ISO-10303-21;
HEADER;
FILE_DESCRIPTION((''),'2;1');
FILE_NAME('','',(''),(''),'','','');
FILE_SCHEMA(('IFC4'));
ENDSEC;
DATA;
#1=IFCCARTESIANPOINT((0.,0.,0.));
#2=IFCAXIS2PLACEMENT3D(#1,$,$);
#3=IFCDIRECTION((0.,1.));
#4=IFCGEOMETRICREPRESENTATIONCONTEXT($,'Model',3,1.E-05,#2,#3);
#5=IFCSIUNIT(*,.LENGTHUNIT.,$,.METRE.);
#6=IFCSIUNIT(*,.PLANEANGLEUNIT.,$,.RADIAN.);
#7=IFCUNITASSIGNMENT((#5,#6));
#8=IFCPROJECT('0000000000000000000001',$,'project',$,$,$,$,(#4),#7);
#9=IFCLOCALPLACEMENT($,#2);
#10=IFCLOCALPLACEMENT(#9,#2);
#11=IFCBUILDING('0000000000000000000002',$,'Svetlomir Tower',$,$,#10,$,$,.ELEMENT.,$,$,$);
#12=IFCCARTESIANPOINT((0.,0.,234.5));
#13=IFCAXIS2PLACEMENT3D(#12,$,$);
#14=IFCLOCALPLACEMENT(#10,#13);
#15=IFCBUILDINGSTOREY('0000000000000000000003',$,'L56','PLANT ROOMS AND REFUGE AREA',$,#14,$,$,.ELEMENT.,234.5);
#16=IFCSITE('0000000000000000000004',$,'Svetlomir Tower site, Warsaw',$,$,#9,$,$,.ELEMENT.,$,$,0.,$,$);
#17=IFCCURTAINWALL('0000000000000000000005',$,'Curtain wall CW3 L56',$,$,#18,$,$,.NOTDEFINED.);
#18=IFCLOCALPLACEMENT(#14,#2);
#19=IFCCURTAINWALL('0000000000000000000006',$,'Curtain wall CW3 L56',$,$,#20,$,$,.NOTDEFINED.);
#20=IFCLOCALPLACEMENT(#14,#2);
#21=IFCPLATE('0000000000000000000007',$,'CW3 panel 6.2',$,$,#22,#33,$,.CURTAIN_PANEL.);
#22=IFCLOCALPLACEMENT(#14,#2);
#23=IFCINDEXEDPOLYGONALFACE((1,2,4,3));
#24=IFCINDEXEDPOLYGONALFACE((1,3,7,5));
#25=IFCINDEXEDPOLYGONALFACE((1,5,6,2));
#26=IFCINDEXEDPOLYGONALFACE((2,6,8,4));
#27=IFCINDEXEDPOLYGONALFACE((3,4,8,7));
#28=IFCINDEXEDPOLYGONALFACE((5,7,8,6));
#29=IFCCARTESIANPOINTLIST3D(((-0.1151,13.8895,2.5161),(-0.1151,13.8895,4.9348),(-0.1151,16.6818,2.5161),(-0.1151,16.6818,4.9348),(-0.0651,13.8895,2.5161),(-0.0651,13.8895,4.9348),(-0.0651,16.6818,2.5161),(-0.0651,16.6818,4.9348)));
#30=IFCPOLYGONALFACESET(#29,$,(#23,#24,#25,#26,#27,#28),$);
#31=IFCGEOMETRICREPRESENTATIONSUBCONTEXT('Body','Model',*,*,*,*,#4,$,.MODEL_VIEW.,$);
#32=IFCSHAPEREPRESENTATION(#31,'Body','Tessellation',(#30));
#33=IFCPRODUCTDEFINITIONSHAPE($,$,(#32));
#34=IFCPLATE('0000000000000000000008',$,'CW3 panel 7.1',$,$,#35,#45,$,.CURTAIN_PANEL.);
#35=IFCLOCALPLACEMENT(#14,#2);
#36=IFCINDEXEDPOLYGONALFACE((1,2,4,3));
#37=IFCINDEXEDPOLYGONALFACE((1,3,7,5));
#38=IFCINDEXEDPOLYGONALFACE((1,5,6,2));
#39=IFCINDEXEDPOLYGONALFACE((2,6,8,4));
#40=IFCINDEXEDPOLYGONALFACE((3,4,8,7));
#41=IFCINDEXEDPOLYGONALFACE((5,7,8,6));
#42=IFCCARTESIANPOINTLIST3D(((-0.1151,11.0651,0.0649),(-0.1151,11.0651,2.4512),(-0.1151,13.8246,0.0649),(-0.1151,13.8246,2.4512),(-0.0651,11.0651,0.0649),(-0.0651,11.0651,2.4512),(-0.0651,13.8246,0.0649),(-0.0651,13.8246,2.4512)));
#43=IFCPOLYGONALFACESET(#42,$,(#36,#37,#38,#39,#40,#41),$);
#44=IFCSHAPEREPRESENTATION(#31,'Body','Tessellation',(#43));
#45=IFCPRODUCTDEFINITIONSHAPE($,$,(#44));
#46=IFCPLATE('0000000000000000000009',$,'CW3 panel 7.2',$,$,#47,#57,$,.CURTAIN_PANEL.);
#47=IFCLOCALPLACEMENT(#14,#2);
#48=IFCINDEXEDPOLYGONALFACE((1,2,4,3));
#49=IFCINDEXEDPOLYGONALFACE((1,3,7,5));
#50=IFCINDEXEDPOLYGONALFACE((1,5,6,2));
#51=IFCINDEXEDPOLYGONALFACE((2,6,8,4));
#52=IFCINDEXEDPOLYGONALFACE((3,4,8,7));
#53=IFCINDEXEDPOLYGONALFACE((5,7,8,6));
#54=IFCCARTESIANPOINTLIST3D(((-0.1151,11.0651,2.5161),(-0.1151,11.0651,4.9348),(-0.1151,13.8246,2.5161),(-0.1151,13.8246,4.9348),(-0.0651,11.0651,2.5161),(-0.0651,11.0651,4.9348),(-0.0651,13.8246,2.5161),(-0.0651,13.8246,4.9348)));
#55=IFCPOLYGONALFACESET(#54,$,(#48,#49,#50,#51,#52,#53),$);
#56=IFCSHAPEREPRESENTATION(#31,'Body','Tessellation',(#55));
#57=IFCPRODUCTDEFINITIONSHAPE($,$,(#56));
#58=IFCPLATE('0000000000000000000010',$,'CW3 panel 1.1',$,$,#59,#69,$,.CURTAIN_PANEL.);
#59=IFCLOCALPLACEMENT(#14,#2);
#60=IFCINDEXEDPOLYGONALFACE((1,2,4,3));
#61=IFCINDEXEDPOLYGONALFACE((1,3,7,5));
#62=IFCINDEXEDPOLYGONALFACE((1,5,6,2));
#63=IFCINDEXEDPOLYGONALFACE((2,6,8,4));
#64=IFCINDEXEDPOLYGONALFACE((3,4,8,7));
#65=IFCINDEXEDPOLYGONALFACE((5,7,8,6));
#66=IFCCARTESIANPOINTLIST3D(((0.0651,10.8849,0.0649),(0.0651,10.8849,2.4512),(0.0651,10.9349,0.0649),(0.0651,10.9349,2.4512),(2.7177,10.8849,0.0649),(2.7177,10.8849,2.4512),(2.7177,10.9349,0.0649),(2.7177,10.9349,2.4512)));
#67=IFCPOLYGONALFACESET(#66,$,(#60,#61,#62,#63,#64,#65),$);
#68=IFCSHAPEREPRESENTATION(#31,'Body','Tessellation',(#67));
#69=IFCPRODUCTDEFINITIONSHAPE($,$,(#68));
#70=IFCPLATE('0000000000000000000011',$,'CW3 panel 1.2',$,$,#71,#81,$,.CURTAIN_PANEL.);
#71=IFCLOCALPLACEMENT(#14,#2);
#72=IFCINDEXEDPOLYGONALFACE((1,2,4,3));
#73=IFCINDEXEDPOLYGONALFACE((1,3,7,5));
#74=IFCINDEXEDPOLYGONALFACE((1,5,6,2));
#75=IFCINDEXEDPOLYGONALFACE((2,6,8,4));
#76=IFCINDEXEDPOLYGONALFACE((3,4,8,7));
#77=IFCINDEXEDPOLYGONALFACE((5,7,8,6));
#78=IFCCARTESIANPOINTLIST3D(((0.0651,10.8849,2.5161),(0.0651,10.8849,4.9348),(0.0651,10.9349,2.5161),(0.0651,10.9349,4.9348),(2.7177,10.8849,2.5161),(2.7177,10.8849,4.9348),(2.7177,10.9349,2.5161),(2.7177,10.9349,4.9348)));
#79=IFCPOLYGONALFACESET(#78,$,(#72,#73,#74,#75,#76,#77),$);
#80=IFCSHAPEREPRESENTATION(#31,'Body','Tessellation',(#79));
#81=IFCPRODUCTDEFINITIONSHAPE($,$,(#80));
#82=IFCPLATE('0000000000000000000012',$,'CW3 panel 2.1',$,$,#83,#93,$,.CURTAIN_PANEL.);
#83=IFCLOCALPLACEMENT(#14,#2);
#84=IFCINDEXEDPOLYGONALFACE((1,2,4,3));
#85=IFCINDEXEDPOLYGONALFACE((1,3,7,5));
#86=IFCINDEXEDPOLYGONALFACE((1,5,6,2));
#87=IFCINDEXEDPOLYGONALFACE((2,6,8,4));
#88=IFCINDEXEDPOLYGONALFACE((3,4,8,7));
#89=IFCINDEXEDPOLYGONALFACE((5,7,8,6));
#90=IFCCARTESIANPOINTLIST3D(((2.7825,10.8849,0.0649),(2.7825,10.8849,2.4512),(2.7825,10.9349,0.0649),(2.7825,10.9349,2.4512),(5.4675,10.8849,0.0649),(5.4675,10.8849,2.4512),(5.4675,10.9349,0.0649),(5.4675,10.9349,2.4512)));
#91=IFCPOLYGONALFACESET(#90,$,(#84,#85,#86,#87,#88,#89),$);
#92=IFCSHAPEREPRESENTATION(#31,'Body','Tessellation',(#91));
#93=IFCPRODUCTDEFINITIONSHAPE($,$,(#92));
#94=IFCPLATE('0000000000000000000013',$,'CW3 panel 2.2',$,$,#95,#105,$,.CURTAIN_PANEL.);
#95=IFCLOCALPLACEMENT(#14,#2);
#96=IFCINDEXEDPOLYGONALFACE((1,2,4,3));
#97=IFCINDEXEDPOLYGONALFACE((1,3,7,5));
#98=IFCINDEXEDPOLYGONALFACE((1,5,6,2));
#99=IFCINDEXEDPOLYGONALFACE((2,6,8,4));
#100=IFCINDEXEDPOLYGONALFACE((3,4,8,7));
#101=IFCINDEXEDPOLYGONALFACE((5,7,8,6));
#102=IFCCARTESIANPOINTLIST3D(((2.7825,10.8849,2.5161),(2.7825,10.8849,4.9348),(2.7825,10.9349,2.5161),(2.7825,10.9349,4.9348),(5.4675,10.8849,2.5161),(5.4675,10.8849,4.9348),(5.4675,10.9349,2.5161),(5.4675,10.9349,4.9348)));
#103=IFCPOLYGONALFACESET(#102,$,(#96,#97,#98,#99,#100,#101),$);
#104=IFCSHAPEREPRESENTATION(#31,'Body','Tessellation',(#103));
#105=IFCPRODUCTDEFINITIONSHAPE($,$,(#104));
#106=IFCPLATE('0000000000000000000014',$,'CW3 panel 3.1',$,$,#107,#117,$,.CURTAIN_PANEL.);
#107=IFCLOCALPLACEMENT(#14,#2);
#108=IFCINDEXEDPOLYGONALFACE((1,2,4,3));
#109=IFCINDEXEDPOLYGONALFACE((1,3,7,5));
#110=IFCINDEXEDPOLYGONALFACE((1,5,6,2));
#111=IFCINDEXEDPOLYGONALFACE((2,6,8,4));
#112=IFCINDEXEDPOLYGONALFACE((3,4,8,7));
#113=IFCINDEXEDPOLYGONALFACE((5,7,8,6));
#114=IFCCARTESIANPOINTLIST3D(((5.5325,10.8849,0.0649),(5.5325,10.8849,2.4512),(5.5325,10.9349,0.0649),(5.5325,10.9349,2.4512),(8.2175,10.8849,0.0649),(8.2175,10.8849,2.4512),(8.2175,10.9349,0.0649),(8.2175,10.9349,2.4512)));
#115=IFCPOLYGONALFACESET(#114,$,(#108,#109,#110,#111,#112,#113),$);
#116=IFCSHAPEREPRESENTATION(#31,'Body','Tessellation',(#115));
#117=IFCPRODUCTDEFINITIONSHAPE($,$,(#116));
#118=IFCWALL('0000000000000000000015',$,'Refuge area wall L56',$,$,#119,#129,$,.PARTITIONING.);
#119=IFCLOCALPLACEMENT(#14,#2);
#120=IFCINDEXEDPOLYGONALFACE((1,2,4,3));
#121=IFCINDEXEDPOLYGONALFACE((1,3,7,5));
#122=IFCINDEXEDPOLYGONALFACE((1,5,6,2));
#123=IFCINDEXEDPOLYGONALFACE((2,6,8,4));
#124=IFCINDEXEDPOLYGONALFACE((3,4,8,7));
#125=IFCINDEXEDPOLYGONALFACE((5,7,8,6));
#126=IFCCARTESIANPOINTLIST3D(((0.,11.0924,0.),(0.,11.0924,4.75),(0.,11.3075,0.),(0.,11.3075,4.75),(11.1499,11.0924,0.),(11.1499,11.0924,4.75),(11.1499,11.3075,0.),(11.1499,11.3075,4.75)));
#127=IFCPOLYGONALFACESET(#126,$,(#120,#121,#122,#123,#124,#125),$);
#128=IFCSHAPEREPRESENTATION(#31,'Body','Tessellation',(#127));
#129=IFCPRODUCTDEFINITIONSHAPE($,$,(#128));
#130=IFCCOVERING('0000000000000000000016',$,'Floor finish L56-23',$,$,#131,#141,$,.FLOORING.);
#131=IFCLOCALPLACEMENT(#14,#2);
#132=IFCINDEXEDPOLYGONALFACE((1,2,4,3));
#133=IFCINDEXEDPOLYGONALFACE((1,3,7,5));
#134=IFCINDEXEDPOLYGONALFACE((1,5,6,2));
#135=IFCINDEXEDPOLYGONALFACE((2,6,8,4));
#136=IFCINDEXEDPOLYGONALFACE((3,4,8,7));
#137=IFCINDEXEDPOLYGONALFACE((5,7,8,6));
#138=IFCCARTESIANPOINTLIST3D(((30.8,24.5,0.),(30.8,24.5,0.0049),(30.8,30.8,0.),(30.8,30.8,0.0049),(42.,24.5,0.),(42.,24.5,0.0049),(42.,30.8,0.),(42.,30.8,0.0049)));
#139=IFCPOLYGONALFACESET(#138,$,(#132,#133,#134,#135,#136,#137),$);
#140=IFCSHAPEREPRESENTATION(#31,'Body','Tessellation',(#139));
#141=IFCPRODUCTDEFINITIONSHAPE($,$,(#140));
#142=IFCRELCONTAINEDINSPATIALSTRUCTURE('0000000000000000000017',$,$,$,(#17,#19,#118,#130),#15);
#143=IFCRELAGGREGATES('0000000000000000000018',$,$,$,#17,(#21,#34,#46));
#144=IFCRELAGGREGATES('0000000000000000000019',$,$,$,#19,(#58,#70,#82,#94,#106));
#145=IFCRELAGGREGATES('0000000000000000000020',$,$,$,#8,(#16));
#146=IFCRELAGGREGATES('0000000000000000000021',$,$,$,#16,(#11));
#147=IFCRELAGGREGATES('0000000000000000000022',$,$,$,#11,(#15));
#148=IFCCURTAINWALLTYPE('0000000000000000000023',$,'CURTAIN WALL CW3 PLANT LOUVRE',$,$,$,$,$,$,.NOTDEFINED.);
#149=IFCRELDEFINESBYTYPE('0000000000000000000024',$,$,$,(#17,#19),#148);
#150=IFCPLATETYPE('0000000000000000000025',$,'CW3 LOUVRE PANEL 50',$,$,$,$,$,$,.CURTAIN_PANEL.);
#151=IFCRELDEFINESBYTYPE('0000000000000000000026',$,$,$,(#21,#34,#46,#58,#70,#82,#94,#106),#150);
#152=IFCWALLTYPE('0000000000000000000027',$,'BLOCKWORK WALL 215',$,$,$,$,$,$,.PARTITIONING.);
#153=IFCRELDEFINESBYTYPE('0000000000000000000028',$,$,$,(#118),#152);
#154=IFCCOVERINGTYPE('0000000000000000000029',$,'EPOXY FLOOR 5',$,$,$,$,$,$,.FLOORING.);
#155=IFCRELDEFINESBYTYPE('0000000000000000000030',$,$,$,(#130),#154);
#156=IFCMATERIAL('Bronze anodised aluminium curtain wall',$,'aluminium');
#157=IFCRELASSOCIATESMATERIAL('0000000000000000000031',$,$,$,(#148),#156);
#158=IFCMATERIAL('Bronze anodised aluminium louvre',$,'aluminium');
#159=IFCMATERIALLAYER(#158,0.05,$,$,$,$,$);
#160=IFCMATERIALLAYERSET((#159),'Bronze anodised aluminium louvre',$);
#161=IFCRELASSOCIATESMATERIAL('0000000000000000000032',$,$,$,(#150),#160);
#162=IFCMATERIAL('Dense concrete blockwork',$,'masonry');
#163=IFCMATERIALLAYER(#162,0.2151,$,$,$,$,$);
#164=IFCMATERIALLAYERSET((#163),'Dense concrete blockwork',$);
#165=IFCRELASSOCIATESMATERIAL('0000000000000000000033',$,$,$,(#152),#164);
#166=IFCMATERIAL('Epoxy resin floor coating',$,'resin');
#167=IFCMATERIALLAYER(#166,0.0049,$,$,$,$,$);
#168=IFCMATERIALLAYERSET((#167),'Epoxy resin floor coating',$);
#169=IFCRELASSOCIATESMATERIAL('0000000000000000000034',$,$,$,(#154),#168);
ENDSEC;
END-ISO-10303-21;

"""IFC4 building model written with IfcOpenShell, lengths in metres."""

from ifc_helpers import new_model, si_unit, direction, frame, frame_2d, origin, origin_2d, place, context, subcontext, project, spatial, polyline, rectangle, outline, extrude, material, layer, layer_set, type_object, element, aggregate, save


model = new_model("IFC4")

# Units and contexts
model_context = context("Model", 3, precision=1e-05, world=origin(), true_north=direction((0.0, 1.0)))
body_context = subcontext(model_context, "Body", "Model", "MODEL_VIEW")
ifc_project = project(units=[si_unit("LENGTHUNIT", "METRE"), si_unit("PLANEANGLEUNIT", "RADIAN")], contexts=[model_context])

# Site, building, storey
site_placement = place(None, origin())
site = spatial("IfcSite", under=ifc_project, at=site_placement, Name="Svetlomir Tower site, Warsaw", CompositionType="ELEMENT", RefElevation=0.0)
building_placement = place(site_placement, origin())
building = spatial("IfcBuilding", under=site, at=building_placement, Name="Svetlomir Tower", CompositionType="ELEMENT")
storey_placement = place(building_placement, frame((0.0, 0.0, 234.5)))
storey = spatial("IfcBuildingStorey", under=building, at=storey_placement, Name="L56", Description="PLANT ROOMS AND REFUGE AREA", CompositionType="ELEMENT", Elevation=234.5)

# Curtain walls
ifc_material_1 = material(Name="Bronze anodised aluminium curtain wall", Category="aluminium")
curtain_wall_type = type_object("IfcCurtainWallType", Name="CURTAIN WALL CW3 PLANT LOUVRE", PredefinedType="NOTDEFINED", material=ifc_material_1)
curtain_wall_1_placement = place(storey_placement, origin())
curtain_wall_1 = element("IfcCurtainWall", 1, at=curtain_wall_1_placement, inside=storey, type_object=curtain_wall_type, Name="Curtain wall CW3 L56", PredefinedType="NOTDEFINED")
curtain_wall_2_placement = place(storey_placement, origin())
curtain_wall_2 = element("IfcCurtainWall", 2, at=curtain_wall_2_placement, inside=storey, type_object=curtain_wall_type, Name="Curtain wall CW3 L56", PredefinedType="NOTDEFINED")

# Plates
ifc_material_2 = material(Name="Bronze anodised aluminium louvre", Category="aluminium")
ifc_layer_1 = layer(ifc_material_2, 0.05)
ifc_layer_set_1 = layer_set([ifc_layer_1], Name="Bronze anodised aluminium louvre")
plate_type = type_object("IfcPlateType", Name="CW3 LOUVRE PANEL 50", PredefinedType="CURTAIN_PANEL", material=ifc_layer_set_1)
plate_1_placement = place(storey_placement, frame((-0.0901, 15.2856, 2.5161), z_axis=(0.0, 0.0, 1.0), x_axis=(0.0, -1.0, 0.0)))
plate_1 = element("IfcPlate", 3, at=plate_1_placement, type_object=plate_type, Name="CW3 panel 6.2", PredefinedType="CURTAIN_PANEL", context=body_context, shape_type="SweptSolid", body=[
    extrude(rectangle(XDim=2.7922, YDim=0.05, at=origin_2d()), origin(), (0.0, 0.0, 1.0), 2.4187),
])
plate_2_placement = place(storey_placement, frame((-0.0901, 12.4448, 0.0649), z_axis=(0.0, 0.0, 1.0), x_axis=(0.0, -1.0, 0.0)))
plate_2 = element("IfcPlate", 4, at=plate_2_placement, type_object=plate_type, Name="CW3 panel 7.1", PredefinedType="CURTAIN_PANEL", context=body_context, shape_type="SweptSolid", body=[
    extrude(rectangle(XDim=2.7595, YDim=0.05, at=origin_2d()), origin(), (0.0, 0.0, 1.0), 2.3862),
])
plate_3_placement = place(storey_placement, frame((-0.0901, 12.4448, 2.5161), z_axis=(0.0, 0.0, 1.0), x_axis=(0.0, -1.0, 0.0)))
plate_3 = element("IfcPlate", 5, at=plate_3_placement, type_object=plate_type, Name="CW3 panel 7.2", PredefinedType="CURTAIN_PANEL", context=body_context, shape_type="SweptSolid", body=[
    extrude(rectangle(XDim=2.7595, YDim=0.05, at=origin_2d()), origin(), (0.0, 0.0, 1.0), 2.4187),
])
aggregate(curtain_wall_1, [plate_1, plate_2, plate_3])
plate_4_placement = place(storey_placement, frame((1.3914, 10.9099, 0.0649), z_axis=(0.0, 0.0, 1.0), x_axis=(1.0, 0.0, 0.0)))
plate_4 = element("IfcPlate", 6, at=plate_4_placement, type_object=plate_type, Name="CW3 panel 1.1", PredefinedType="CURTAIN_PANEL", context=body_context, shape_type="SweptSolid", body=[
    extrude(rectangle(XDim=2.6526, YDim=0.05, at=origin_2d()), origin(), (0.0, 0.0, 1.0), 2.3862),
])
plate_5_placement = place(storey_placement, frame((1.3914, 10.9099, 2.5161), z_axis=(0.0, 0.0, 1.0), x_axis=(1.0, 0.0, 0.0)))
plate_5 = element("IfcPlate", 7, at=plate_5_placement, type_object=plate_type, Name="CW3 panel 1.2", PredefinedType="CURTAIN_PANEL", context=body_context, shape_type="SweptSolid", body=[
    extrude(rectangle(XDim=2.6526, YDim=0.05, at=origin_2d()), origin(), (0.0, 0.0, 1.0), 2.4187),
])
plate_6_placement = place(storey_placement, frame((4.125, 10.9099, 0.0649), z_axis=(0.0, 0.0, 1.0), x_axis=(1.0, 0.0, 0.0)))
plate_6 = element("IfcPlate", 8, at=plate_6_placement, type_object=plate_type, Name="CW3 panel 2.1", PredefinedType="CURTAIN_PANEL", context=body_context, shape_type="SweptSolid", body=[
    extrude(rectangle(XDim=2.6851, YDim=0.05, at=origin_2d()), origin(), (0.0, 0.0, 1.0), 2.3862),
])
plate_7_placement = place(storey_placement, frame((4.125, 10.9099, 2.5161), z_axis=(0.0, 0.0, 1.0), x_axis=(1.0, 0.0, 0.0)))
plate_7 = element("IfcPlate", 9, at=plate_7_placement, type_object=plate_type, Name="CW3 panel 2.2", PredefinedType="CURTAIN_PANEL", context=body_context, shape_type="SweptSolid", body=[
    extrude(rectangle(XDim=2.6851, YDim=0.05, at=origin_2d()), origin(), (0.0, 0.0, 1.0), 2.4187),
])
plate_8_placement = place(storey_placement, frame((6.875, 10.9099, 0.0649), z_axis=(0.0, 0.0, 1.0), x_axis=(1.0, 0.0, 0.0)))
plate_8 = element("IfcPlate", 10, at=plate_8_placement, type_object=plate_type, Name="CW3 panel 3.1", PredefinedType="CURTAIN_PANEL", context=body_context, shape_type="SweptSolid", body=[
    extrude(rectangle(XDim=2.6851, YDim=0.05, at=origin_2d()), origin(), (0.0, 0.0, 1.0), 2.3862),
])
aggregate(curtain_wall_2, [plate_4, plate_5, plate_6, plate_7, plate_8])

# Wall
ifc_material_3 = material(Name="Dense concrete blockwork", Category="masonry")
ifc_layer_2 = layer(ifc_material_3, 0.2151)
ifc_layer_set_2 = layer_set([ifc_layer_2], Name="Dense concrete blockwork")
wall_type = type_object("IfcWallType", Name="BLOCKWORK WALL 215", PredefinedType="PARTITIONING", material=ifc_layer_set_2)
wall_placement = place(storey_placement, frame((0.0, 11.2, 0.0), z_axis=(0.0, 0.0, 1.0), x_axis=(1.0, 0.0, 0.0)))
element("IfcWall", 11, at=wall_placement, inside=storey, type_object=wall_type, Name="Refuge area wall L56", PredefinedType="PARTITIONING", context=body_context, shape_type="SweptSolid", body=[
    extrude(rectangle(XDim=11.1499, YDim=0.2151, at=frame_2d((5.575, 0.0))), origin(), (0.0, 0.0, 1.0), 4.75),
])

# Covering
ifc_material_4 = material(Name="Epoxy resin floor coating", Category="resin")
ifc_layer_3 = layer(ifc_material_4, 0.0049)
ifc_layer_set_3 = layer_set([ifc_layer_3], Name="Epoxy resin floor coating")
covering_type = type_object("IfcCoveringType", Name="EPOXY FLOOR 5", PredefinedType="FLOORING", material=ifc_layer_set_3)
covering_placement = place(storey_placement, origin())
element("IfcCovering", 12, at=covering_placement, inside=storey, type_object=covering_type, Name="Floor finish L56-23", PredefinedType="FLOORING", context=body_context, shape_type="SweptSolid", body=[
    extrude(outline(polyline([(30.8, 30.8), (42.0, 30.8), (42.0, 24.5), (30.8, 24.5), (30.8, 30.8)])), origin(), (0.0, 0.0, 1.0), 0.0049),
])

save(model, "model.ifc")
